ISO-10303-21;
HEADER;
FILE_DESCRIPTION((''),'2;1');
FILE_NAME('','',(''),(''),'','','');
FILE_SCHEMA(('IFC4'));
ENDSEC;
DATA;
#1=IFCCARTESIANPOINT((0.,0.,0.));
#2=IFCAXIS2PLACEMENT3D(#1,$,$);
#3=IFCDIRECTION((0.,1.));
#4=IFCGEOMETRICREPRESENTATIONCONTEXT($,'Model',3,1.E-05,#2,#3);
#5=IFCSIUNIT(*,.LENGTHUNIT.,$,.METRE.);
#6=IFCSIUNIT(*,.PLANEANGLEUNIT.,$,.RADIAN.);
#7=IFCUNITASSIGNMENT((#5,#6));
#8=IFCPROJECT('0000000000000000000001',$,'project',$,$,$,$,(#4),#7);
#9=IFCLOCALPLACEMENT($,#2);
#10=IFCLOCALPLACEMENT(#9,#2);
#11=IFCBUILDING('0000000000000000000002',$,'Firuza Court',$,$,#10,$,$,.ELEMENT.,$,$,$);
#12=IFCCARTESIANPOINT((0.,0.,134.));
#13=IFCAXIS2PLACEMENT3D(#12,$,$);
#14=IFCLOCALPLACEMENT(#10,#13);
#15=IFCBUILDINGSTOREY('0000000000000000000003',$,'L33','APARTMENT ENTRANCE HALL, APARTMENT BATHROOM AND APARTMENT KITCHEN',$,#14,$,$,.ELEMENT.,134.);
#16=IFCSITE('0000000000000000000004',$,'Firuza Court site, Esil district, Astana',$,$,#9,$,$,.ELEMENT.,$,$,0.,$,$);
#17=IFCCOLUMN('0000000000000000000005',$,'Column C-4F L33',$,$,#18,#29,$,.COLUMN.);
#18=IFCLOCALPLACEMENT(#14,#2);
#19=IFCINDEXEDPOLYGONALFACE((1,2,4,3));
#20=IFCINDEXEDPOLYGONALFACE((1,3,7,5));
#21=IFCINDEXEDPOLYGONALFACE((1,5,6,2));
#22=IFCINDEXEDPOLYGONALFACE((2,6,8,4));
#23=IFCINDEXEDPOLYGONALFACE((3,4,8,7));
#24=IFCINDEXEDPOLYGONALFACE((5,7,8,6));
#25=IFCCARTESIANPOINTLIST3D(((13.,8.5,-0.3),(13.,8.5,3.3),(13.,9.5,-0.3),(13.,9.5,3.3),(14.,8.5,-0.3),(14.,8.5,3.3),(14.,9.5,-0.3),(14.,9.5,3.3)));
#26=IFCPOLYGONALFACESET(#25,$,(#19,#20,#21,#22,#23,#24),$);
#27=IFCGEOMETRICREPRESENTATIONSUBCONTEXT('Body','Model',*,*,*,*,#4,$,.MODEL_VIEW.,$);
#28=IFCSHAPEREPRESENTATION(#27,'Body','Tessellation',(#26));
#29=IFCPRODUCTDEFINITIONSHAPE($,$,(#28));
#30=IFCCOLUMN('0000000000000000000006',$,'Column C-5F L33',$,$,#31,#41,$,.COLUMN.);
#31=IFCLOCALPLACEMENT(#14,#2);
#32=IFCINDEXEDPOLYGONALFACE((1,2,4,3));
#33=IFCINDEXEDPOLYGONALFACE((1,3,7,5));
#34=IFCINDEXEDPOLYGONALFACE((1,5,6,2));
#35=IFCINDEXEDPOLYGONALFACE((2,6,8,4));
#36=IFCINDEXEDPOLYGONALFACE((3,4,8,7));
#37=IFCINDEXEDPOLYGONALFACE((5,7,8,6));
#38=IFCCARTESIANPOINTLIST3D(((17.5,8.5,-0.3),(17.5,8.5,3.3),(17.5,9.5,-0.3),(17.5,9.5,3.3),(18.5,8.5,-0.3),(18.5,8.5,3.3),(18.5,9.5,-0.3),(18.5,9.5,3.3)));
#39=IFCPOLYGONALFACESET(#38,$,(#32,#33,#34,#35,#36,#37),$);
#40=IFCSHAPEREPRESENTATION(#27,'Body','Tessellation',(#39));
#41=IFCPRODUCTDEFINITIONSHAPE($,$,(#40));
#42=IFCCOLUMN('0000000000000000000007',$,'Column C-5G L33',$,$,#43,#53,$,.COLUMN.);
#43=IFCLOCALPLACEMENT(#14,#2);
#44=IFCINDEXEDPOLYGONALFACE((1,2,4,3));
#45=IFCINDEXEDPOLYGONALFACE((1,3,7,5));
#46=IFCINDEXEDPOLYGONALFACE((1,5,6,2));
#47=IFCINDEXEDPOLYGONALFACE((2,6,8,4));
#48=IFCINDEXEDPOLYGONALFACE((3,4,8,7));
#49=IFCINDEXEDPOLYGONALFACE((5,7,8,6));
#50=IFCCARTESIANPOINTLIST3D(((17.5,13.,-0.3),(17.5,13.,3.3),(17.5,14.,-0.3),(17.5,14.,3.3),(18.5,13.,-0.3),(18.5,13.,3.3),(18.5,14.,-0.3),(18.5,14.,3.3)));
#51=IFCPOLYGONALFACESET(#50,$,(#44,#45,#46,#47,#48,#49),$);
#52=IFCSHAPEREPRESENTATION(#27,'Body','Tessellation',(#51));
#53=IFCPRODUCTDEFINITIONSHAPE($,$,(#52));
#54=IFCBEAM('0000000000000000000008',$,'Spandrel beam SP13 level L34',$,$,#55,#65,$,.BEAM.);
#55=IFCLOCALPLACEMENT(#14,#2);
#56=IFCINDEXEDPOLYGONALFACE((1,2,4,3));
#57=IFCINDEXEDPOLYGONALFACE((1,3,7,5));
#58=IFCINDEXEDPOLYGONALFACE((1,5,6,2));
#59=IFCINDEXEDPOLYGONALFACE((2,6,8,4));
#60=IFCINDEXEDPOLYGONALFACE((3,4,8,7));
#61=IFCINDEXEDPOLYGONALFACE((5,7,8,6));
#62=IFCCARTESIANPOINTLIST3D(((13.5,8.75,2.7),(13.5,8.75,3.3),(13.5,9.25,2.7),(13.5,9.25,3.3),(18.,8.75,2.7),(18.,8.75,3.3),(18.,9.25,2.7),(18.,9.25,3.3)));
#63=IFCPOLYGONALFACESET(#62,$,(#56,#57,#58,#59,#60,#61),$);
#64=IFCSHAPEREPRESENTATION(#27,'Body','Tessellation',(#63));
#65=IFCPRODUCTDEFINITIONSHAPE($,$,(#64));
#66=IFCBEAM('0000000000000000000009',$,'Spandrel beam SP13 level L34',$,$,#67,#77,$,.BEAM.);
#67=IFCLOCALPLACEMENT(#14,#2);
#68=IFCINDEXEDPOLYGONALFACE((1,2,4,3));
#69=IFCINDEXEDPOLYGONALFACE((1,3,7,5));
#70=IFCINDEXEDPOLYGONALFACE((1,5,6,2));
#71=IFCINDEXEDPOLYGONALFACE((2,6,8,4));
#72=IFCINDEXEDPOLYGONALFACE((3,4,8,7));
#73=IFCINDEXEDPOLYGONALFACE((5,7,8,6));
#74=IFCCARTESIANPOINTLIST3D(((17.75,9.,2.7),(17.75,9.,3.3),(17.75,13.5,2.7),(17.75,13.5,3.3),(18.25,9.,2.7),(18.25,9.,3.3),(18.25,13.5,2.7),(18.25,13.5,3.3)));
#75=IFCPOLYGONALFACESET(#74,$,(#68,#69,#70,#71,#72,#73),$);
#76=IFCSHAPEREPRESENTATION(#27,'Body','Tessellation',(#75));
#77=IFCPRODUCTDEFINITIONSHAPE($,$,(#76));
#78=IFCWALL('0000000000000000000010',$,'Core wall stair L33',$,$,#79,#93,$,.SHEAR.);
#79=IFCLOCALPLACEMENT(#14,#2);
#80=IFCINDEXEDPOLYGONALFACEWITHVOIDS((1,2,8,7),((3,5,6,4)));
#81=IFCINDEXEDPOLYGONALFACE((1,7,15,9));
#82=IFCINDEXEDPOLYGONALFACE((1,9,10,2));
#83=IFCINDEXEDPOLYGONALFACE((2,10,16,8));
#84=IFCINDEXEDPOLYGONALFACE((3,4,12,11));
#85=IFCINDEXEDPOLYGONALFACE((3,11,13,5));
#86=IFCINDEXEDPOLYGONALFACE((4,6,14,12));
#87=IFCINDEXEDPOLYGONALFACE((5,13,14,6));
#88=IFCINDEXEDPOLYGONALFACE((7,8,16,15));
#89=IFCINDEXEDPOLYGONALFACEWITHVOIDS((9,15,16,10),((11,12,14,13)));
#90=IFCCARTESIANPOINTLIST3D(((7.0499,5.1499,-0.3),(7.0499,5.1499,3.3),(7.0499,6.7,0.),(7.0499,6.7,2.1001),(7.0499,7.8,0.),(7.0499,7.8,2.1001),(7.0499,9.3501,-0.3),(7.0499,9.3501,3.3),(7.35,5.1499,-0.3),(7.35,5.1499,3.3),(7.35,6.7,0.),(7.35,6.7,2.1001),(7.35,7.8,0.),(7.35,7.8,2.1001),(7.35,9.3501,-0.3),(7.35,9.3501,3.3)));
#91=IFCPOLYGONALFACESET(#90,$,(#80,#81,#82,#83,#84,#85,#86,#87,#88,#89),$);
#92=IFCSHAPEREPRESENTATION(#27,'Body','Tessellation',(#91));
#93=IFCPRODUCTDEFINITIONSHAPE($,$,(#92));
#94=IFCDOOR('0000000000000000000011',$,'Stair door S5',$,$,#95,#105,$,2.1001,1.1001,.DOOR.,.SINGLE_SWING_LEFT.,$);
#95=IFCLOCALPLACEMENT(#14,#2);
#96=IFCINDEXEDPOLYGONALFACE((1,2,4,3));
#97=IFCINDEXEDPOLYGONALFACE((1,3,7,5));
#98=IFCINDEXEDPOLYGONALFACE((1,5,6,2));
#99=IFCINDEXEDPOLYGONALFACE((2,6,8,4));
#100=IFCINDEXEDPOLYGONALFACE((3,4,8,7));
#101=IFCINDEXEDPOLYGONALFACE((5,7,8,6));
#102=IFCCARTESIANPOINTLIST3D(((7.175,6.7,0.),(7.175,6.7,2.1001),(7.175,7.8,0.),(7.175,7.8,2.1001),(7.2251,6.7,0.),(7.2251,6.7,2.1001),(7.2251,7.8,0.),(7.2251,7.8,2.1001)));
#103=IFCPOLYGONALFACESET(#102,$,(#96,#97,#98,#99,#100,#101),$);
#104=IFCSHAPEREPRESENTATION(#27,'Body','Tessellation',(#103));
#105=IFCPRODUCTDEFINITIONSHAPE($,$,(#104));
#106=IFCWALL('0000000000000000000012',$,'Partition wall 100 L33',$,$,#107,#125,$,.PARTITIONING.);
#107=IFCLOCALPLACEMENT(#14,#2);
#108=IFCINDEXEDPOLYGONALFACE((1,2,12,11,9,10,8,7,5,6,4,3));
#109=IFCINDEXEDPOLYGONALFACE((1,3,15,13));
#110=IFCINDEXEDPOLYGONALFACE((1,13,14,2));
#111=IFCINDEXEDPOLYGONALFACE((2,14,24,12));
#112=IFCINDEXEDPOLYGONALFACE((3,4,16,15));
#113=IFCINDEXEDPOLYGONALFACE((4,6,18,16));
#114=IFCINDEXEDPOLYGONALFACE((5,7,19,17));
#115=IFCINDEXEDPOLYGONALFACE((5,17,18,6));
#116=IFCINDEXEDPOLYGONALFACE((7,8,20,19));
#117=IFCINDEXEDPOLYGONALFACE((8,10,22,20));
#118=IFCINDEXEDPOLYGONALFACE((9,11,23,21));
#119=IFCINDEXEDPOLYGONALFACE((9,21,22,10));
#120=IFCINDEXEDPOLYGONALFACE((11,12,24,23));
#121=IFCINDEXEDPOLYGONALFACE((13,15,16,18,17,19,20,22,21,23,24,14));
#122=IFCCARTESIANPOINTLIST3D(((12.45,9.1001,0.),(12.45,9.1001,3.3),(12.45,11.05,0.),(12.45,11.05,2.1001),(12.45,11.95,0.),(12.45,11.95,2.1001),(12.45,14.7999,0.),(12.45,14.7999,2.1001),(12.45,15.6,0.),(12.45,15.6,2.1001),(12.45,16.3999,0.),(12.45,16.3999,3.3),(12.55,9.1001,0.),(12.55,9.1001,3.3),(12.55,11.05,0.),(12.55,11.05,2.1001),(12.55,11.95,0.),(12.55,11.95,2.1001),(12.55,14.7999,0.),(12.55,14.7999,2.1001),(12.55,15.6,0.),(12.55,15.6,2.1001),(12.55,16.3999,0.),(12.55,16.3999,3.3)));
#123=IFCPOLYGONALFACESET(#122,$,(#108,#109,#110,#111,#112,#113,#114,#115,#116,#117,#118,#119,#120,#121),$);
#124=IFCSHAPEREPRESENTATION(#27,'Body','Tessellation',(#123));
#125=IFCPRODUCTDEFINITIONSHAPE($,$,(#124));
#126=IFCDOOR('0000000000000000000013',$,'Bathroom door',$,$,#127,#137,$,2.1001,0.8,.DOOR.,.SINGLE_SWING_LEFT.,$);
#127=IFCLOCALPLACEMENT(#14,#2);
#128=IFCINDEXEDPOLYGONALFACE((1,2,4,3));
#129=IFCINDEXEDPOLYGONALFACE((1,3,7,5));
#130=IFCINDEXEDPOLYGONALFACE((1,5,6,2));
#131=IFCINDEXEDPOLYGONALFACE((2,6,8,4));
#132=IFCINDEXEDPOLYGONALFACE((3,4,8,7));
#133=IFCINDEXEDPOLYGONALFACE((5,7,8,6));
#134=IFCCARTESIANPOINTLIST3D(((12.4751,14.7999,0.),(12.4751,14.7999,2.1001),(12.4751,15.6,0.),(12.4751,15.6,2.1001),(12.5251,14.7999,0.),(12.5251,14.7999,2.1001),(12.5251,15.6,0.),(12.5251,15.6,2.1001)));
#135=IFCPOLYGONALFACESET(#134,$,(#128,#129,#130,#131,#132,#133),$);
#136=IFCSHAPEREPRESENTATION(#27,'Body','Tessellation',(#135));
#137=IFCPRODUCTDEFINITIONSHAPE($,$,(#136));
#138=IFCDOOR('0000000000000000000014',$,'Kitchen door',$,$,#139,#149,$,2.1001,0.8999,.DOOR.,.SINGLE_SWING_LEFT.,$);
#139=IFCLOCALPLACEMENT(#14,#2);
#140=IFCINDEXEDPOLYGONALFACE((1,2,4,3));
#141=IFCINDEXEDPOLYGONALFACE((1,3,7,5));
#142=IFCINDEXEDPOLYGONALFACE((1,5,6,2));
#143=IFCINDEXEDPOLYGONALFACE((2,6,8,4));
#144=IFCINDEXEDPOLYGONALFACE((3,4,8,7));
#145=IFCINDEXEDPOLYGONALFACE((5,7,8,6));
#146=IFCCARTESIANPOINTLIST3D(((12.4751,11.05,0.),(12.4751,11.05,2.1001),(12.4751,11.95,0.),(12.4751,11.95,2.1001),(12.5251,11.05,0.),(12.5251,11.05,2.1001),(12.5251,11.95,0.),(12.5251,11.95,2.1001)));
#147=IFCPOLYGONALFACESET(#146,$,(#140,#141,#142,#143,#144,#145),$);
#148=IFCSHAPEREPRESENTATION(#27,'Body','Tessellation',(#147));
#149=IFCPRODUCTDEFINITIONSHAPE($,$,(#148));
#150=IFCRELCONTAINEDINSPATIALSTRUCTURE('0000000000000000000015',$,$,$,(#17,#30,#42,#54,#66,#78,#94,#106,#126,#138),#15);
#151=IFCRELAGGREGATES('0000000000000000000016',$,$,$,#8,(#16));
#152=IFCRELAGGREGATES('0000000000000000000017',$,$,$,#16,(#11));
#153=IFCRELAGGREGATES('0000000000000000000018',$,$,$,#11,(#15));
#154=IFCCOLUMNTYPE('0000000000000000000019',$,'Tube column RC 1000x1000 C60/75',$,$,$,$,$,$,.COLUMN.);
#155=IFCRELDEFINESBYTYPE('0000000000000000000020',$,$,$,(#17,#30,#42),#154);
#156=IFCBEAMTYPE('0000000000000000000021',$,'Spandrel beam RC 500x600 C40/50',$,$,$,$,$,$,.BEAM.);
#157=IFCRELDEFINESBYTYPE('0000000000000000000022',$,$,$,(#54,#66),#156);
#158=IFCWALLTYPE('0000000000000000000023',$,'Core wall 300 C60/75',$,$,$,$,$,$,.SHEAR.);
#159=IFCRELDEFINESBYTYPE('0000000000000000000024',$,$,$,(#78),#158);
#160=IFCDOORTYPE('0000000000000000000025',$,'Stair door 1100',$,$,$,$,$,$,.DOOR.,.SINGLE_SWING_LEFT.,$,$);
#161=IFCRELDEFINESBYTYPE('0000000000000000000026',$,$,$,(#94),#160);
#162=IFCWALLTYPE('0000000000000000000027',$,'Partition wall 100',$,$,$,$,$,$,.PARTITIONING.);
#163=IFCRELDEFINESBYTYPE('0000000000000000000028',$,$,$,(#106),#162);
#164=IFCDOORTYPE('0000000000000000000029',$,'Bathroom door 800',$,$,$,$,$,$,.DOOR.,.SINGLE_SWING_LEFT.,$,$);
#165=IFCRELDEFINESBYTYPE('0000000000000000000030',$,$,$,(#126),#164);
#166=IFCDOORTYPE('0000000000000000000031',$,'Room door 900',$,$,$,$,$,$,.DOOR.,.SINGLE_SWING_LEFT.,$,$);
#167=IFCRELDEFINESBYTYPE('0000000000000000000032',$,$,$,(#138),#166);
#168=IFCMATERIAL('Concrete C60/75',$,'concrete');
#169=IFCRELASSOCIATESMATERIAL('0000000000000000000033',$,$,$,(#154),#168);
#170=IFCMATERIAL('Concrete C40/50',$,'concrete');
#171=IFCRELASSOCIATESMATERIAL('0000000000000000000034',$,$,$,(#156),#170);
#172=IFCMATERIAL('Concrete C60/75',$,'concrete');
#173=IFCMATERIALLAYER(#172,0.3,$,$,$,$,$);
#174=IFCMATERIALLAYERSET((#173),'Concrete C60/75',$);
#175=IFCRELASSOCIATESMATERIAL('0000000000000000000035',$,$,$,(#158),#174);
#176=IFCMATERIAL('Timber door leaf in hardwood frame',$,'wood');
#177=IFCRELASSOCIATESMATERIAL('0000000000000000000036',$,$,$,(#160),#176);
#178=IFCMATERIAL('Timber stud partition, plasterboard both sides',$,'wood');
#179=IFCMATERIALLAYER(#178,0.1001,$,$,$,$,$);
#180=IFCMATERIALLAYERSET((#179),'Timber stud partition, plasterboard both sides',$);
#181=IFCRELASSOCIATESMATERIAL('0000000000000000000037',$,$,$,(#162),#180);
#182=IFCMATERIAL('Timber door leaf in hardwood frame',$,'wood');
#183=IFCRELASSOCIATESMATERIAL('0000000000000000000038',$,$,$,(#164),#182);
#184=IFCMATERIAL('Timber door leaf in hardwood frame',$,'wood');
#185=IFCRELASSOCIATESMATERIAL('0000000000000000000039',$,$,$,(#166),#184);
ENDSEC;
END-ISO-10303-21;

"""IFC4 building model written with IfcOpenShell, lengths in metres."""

from ifc_helpers import new_model, si_unit, direction, frame, frame_2d, origin, origin_2d, place, context, subcontext, project, spatial, rectangle, extrude, material, layer, layer_set, material_profile, profile_set, type_object, element, fill, save


model = new_model("IFC4")

# Units and contexts
model_context = context("Model", 3, precision=1e-05, world=origin(), true_north=direction((0.0, 1.0)))
body_context = subcontext(model_context, "Body", "Model", "MODEL_VIEW")
ifc_project = project(units=[si_unit("LENGTHUNIT", "METRE"), si_unit("PLANEANGLEUNIT", "RADIAN")], contexts=[model_context])

# Site, building, storey
site_placement = place(None, origin())
site = spatial("IfcSite", under=ifc_project, at=site_placement, Name="Firuza Court site, Esil district, Astana", CompositionType="ELEMENT", RefElevation=0.0)
building_placement = place(site_placement, origin())
building = spatial("IfcBuilding", under=site, at=building_placement, Name="Firuza Court", CompositionType="ELEMENT")
storey_placement = place(building_placement, frame((0.0, 0.0, 134.0)))
storey = spatial("IfcBuildingStorey", under=building, at=storey_placement, Name="L33", Description="APARTMENT ENTRANCE HALL, APARTMENT BATHROOM AND APARTMENT KITCHEN", CompositionType="ELEMENT", Elevation=134.0)

# Columns
ifc_material_1 = material(Name="Concrete C60/75", Category="concrete")
ifc_material_profile_1 = material_profile(ifc_material_1, rectangle(XDim=1.0, YDim=1.0, at=origin_2d()), Name="RC 1000x1000")
ifc_profile_set_1 = profile_set([ifc_material_profile_1], Name="Concrete C60/75")
column_type = type_object("IfcColumnType", Name="Tube column RC 1000x1000 C60/75", PredefinedType="COLUMN", material=ifc_profile_set_1)
for number, where, z_axis, x_axis, name in (
    (1, (13.5, 9.0, -0.3), (0.0, 0.0, 1.0), (1.0, 0.0, 0.0), "Column C-4F L33"),
    (2, (18.0, 9.0, -0.3), (0.0, 0.0, 1.0), (1.0, 0.0, 0.0), "Column C-5F L33"),
    (3, (18.0, 13.5, -0.3), (0.0, 0.0, 1.0), (1.0, 0.0, 0.0), "Column C-5G L33"),
):
    element("IfcColumn", number, at=place(storey_placement, frame(where, z_axis=z_axis, x_axis=x_axis)), inside=storey, type_object=column_type, Name=name, PredefinedType="COLUMN", context=body_context, shape_type="SweptSolid", body=[
        extrude(rectangle(XDim=1.0, YDim=1.0, at=origin_2d()), origin(), (0.0, 0.0, 1.0), 3.6001),
    ])

# Beams
ifc_material_2 = material(Name="Concrete C40/50", Category="concrete")
ifc_material_profile_2 = material_profile(ifc_material_2, rectangle(XDim=0.5, YDim=0.6001, at=origin_2d()), Name="RC 500x600")
ifc_profile_set_2 = profile_set([ifc_material_profile_2], Name="Concrete C40/50")
beam_type = type_object("IfcBeamType", Name="Spandrel beam RC 500x600 C40/50", PredefinedType="BEAM", material=ifc_profile_set_2)
for number, where, z_axis, x_axis, name in (
    (4, (13.5, 9.0, 3.0), (1.0, 0.0, 0.0), (0.0, 1.0, 0.0), "Spandrel beam SP13 level L34"),
    (5, (18.0, 9.0, 3.0), (0.0, 1.0, 0.0), (-1.0, 0.0, 0.0), "Spandrel beam SP13 level L34"),
):
    element("IfcBeam", number, at=place(storey_placement, frame(where, z_axis=z_axis, x_axis=x_axis)), inside=storey, type_object=beam_type, Name=name, PredefinedType="BEAM", context=body_context, shape_type="SweptSolid", body=[
        extrude(rectangle(XDim=0.5, YDim=0.6001, at=origin_2d()), origin(), (0.0, 0.0, 1.0), 4.5),
    ])

# Wall, opening, door
ifc_material_3 = material(Name="Concrete C60/75", Category="concrete")
ifc_layer_1 = layer(ifc_material_3, 0.3)
ifc_layer_set_1 = layer_set([ifc_layer_1], Name="Concrete C60/75")
wall_type_1 = type_object("IfcWallType", Name="Core wall 300 C60/75", PredefinedType="SHEAR", material=ifc_layer_set_1)
wall_1_placement = place(storey_placement, frame((7.2, 5.1499, -0.3), z_axis=(0.0, 0.0, 1.0), x_axis=(0.0, 1.0, 0.0)))
wall_1 = element("IfcWall", 6, at=wall_1_placement, inside=storey, type_object=wall_type_1, Name="Core wall stair L33", PredefinedType="SHEAR", context=body_context, shape_type="SweptSolid", body=[
    extrude(rectangle(XDim=4.2002, YDim=0.3, at=frame_2d((2.1001, 0.0))), origin(), (0.0, 0.0, 1.0), 3.6001),
])
opening_1_placement = place(wall_1_placement, frame((1.55, 0.0, 0.3)))
opening_1 = element("IfcOpeningElement", 7, at=opening_1_placement, cuts=wall_1, PredefinedType="OPENING", context=body_context, shape_type="SweptSolid", body=[
    extrude(rectangle(XDim=1.1001, YDim=2.1001, at=frame_2d((0.55, 1.05))), frame((0.0, 0.1621, 0.0), z_axis=(0.0, -1.0, 0.0), x_axis=(1.0, 0.0, 0.0)), (0.0, 0.0, 1.0), 0.324),
])
ifc_material_4 = material(Name="Timber door leaf in hardwood frame", Category="wood")
door_type_1 = type_object("IfcDoorType", Name="Stair door 1100", OperationType="SINGLE_SWING_LEFT", PredefinedType="DOOR", material=ifc_material_4)
door_1_placement = place(opening_1_placement, origin())
door_1 = element("IfcDoor", 8, at=door_1_placement, inside=storey, type_object=door_type_1, Name="Stair door S5", OperationType="SINGLE_SWING_LEFT", OverallHeight=2.1001, OverallWidth=1.1001, PredefinedType="DOOR", context=body_context, shape_type="SweptSolid", body=[
    extrude(rectangle(XDim=1.1001, YDim=2.1001, at=frame_2d((0.55, 1.05))), frame((0.0, 0.0249, 0.0), z_axis=(0.0, -1.0, 0.0), x_axis=(1.0, 0.0, 0.0)), (0.0, 0.0, 1.0), 0.05),
])
fill(opening_1, door_1)

# Wall, openings, doors
ifc_material_5 = material(Name="Timber stud partition, plasterboard both sides", Category="wood")
ifc_layer_2 = layer(ifc_material_5, 0.1001)
ifc_layer_set_2 = layer_set([ifc_layer_2], Name="Timber stud partition, plasterboard both sides")
wall_type_2 = type_object("IfcWallType", Name="Partition wall 100", PredefinedType="PARTITIONING", material=ifc_layer_set_2)
wall_2_placement = place(storey_placement, frame((12.5, 9.1001, 0.0), z_axis=(0.0, 0.0, 1.0), x_axis=(0.0, 1.0, 0.0)))
wall_2 = element("IfcWall", 9, at=wall_2_placement, inside=storey, type_object=wall_type_2, Name="Partition wall 100 L33", PredefinedType="PARTITIONING", context=body_context, shape_type="SweptSolid", body=[
    extrude(rectangle(XDim=7.2998, YDim=0.1001, at=frame_2d((3.6499, 0.0))), origin(), (0.0, 0.0, 1.0), 3.3),
])
opening_2_placement = place(wall_2_placement, frame((5.7, 0.0, 0.0)))
opening_2 = element("IfcOpeningElement", 10, at=opening_2_placement, cuts=wall_2, PredefinedType="OPENING", context=body_context, shape_type="SweptSolid", body=[
    extrude(rectangle(XDim=0.8, YDim=2.1001, at=frame_2d((0.3999, 1.05))), frame((0.0, 0.062, 0.0), z_axis=(0.0, -1.0, 0.0), x_axis=(1.0, 0.0, 0.0)), (0.0, 0.0, 1.0), 0.124),
])
opening_3_placement = place(wall_2_placement, frame((1.95, 0.0, 0.0)))
opening_3 = element("IfcOpeningElement", 11, at=opening_3_placement, cuts=wall_2, PredefinedType="OPENING", context=body_context, shape_type="SweptSolid", body=[
    extrude(rectangle(XDim=0.8999, YDim=2.1001, at=frame_2d((0.45, 1.05))), frame((0.0, 0.062, 0.0), z_axis=(0.0, -1.0, 0.0), x_axis=(1.0, 0.0, 0.0)), (0.0, 0.0, 1.0), 0.124),
])
ifc_material_6 = material(Name="Timber door leaf in hardwood frame", Category="wood")
door_type_2 = type_object("IfcDoorType", Name="Bathroom door 800", OperationType="SINGLE_SWING_LEFT", PredefinedType="DOOR", material=ifc_material_6)
door_2_placement = place(opening_2_placement, origin())
door_2 = element("IfcDoor", 12, at=door_2_placement, inside=storey, type_object=door_type_2, Name="Bathroom door", OperationType="SINGLE_SWING_LEFT", OverallHeight=2.1001, OverallWidth=0.8, PredefinedType="DOOR", context=body_context, shape_type="SweptSolid", body=[
    extrude(rectangle(XDim=0.8, YDim=2.1001, at=frame_2d((0.3999, 1.05))), frame((0.0, 0.0249, 0.0), z_axis=(0.0, -1.0, 0.0), x_axis=(1.0, 0.0, 0.0)), (0.0, 0.0, 1.0), 0.05),
])
fill(opening_2, door_2)
ifc_material_7 = material(Name="Timber door leaf in hardwood frame", Category="wood")
door_type_3 = type_object("IfcDoorType", Name="Room door 900", OperationType="SINGLE_SWING_LEFT", PredefinedType="DOOR", material=ifc_material_7)
door_3_placement = place(opening_3_placement, origin())
door_3 = element("IfcDoor", 13, at=door_3_placement, inside=storey, type_object=door_type_3, Name="Kitchen door", OperationType="SINGLE_SWING_LEFT", OverallHeight=2.1001, OverallWidth=0.8999, PredefinedType="DOOR", context=body_context, shape_type="SweptSolid", body=[
    extrude(rectangle(XDim=0.8999, YDim=2.1001, at=frame_2d((0.45, 1.05))), frame((0.0, 0.0249, 0.0), z_axis=(0.0, -1.0, 0.0), x_axis=(1.0, 0.0, 0.0)), (0.0, 0.0, 1.0), 0.05),
])
fill(opening_3, door_3)

save(model, "model.ifc")
